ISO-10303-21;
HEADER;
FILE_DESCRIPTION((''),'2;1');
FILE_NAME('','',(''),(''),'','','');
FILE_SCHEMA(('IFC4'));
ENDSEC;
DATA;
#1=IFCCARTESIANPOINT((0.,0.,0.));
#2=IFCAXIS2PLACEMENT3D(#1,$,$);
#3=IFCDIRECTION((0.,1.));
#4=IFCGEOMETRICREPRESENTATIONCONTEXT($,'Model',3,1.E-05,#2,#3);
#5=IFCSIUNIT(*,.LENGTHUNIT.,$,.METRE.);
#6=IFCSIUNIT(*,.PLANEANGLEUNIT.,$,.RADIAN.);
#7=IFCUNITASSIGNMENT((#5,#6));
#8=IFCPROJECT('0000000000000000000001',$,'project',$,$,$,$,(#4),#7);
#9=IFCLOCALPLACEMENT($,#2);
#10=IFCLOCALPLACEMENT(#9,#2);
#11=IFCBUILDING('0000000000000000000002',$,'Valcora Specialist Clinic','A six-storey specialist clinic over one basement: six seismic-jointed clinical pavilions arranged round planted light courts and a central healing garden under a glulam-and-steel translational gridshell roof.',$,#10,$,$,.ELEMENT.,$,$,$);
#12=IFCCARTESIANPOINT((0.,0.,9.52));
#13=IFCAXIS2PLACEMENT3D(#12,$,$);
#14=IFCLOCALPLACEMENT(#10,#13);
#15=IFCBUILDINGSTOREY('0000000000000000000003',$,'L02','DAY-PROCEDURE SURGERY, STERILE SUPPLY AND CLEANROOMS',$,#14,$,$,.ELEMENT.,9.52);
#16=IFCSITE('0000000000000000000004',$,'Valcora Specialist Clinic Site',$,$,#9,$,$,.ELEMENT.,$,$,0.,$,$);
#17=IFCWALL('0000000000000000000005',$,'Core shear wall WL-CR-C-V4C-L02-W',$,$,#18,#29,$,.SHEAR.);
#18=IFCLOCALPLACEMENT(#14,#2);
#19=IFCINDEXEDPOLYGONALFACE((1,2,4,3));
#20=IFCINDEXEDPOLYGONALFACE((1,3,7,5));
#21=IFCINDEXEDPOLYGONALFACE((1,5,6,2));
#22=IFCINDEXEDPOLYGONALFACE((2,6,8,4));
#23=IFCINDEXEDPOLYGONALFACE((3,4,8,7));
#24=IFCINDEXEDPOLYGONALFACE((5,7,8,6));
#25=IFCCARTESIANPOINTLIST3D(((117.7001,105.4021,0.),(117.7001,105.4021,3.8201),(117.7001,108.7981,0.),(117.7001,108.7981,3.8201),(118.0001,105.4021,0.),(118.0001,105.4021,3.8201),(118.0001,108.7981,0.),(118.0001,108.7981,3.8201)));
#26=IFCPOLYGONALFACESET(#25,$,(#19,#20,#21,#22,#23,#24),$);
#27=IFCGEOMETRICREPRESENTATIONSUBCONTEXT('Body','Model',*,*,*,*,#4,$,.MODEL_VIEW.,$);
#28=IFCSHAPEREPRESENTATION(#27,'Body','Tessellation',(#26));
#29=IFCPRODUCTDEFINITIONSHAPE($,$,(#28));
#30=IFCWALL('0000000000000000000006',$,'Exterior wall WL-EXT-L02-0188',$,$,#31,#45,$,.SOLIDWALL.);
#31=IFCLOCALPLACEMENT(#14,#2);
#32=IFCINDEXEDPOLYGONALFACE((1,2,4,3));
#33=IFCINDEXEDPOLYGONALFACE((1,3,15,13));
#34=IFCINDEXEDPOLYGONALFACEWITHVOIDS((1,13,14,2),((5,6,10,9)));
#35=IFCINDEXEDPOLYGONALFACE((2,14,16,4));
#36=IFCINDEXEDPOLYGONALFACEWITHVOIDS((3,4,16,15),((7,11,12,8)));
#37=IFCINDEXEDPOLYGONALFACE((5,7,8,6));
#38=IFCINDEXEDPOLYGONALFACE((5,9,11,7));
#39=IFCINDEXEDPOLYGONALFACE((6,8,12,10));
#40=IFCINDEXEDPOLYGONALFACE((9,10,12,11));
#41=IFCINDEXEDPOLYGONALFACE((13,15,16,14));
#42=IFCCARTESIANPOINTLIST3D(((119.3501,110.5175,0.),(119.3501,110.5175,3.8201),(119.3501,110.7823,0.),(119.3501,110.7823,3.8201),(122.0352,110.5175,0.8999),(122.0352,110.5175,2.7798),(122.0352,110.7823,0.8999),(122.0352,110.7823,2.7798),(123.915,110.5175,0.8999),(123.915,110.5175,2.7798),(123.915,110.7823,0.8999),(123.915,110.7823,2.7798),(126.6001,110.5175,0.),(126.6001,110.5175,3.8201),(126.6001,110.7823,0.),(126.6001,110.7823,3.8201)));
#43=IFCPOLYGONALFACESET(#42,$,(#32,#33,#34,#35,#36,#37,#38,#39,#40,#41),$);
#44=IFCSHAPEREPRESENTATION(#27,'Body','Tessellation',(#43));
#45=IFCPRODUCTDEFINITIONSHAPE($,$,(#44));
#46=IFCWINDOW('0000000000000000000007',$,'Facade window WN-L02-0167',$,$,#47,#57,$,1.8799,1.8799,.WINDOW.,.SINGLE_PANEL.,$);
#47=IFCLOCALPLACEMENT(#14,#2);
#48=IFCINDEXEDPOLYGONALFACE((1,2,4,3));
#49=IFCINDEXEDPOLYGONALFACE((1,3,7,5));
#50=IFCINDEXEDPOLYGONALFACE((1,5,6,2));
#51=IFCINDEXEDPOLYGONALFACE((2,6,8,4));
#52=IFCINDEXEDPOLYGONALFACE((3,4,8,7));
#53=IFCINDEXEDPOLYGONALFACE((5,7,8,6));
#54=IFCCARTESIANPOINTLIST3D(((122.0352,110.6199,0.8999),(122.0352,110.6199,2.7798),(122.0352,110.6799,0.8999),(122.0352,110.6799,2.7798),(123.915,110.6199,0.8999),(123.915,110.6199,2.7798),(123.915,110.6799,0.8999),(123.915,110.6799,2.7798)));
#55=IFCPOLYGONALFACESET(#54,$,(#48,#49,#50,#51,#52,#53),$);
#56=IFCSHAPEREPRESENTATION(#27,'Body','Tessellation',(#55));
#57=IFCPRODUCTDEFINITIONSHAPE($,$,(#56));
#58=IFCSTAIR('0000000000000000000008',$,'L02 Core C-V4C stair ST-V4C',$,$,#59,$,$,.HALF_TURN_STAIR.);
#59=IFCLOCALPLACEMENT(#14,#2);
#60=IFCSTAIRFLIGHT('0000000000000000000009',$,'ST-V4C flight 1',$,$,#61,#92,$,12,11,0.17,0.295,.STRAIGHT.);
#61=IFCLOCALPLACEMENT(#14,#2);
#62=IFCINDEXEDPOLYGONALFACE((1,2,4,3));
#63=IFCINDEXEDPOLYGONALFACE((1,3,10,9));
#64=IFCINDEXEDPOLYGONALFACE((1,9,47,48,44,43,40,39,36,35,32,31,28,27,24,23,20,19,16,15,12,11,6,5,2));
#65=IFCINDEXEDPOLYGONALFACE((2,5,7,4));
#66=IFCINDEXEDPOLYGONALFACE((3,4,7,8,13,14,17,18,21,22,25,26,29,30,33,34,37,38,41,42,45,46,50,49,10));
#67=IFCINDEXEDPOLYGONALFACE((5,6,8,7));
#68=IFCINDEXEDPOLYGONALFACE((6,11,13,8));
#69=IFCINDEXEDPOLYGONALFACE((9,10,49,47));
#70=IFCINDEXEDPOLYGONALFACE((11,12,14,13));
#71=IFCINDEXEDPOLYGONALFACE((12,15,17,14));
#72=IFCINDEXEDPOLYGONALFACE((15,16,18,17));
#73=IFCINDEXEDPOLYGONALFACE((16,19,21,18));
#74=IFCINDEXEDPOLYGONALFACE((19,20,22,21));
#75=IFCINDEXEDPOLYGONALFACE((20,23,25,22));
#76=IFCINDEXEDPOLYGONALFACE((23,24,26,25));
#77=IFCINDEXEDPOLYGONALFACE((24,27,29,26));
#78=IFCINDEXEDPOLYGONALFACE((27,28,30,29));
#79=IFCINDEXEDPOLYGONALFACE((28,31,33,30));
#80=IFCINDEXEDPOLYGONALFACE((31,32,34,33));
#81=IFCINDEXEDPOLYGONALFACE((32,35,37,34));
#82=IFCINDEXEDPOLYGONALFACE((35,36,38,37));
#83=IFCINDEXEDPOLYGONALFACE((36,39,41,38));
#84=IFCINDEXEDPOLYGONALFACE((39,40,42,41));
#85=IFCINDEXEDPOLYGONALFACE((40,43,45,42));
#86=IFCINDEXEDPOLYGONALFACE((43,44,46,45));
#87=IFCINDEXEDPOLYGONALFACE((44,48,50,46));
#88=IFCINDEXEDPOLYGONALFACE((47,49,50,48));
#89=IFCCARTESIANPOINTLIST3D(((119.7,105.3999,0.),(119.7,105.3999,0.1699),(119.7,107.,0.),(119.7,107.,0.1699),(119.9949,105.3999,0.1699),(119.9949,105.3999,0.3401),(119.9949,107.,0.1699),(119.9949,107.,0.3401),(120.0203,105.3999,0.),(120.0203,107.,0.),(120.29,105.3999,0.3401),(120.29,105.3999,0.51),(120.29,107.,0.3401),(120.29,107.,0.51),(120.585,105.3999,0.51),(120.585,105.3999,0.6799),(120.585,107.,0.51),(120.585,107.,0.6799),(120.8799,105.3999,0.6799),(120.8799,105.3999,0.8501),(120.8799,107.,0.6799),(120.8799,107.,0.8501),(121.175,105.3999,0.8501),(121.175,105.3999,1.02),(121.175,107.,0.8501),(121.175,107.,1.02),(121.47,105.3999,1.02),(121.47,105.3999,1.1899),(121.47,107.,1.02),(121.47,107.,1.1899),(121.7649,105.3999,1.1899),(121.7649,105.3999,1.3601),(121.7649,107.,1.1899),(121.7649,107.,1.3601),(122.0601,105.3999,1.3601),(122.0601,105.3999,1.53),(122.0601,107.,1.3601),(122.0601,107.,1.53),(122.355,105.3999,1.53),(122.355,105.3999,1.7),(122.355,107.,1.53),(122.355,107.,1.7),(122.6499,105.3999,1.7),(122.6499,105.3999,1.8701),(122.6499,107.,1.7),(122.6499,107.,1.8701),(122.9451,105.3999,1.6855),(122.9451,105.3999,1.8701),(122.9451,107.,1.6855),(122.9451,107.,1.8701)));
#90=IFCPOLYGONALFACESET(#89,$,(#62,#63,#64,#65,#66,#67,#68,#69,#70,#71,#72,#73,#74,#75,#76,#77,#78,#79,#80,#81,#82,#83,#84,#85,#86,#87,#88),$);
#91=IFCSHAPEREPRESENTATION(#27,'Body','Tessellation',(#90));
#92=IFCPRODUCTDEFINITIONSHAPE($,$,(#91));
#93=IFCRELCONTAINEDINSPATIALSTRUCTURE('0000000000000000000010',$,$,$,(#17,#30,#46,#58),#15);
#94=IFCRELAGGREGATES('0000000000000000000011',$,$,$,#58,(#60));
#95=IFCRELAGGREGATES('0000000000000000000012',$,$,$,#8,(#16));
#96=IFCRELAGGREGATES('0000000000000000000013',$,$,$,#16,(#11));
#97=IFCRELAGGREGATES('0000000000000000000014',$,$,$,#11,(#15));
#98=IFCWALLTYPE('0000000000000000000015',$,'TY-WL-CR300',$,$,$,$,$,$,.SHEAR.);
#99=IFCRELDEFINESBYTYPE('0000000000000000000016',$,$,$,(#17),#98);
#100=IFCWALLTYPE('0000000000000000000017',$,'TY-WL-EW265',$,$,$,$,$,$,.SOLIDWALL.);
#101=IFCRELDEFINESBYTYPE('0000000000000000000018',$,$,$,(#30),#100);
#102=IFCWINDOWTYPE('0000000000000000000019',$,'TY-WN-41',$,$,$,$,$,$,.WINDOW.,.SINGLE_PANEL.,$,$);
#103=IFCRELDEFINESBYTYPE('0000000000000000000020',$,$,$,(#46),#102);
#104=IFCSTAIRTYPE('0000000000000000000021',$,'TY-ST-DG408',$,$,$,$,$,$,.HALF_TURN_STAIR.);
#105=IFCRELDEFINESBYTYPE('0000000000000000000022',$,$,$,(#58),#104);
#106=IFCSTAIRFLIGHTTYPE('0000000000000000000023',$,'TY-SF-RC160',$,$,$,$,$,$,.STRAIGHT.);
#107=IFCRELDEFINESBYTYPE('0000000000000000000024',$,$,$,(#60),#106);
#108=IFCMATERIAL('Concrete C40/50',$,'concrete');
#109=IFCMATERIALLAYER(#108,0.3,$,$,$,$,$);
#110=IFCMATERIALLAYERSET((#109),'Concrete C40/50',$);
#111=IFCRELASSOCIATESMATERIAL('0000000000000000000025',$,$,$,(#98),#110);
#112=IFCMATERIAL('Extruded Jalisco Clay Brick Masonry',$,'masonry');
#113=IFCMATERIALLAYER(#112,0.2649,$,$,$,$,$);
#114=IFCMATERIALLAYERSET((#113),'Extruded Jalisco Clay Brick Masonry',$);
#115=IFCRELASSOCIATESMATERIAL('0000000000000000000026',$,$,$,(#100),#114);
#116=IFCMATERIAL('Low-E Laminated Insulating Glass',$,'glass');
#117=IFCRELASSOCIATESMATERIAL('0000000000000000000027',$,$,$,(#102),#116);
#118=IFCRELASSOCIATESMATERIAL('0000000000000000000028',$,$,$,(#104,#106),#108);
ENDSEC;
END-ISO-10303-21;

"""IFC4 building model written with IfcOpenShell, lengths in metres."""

from ifc_helpers import new_model, si_unit, direction, frame, frame_2d, origin, place, context, subcontext, project, spatial, polyline, rectangle, outline, extrude, material, layer, layer_set, type_object, element, fill, aggregate, save


model = new_model("IFC4")

# Units and contexts
model_context = context("Model", 3, precision=1e-05, world=origin(), true_north=direction((0.0, 1.0)))
body_context = subcontext(model_context, "Body", "Model", "MODEL_VIEW")
ifc_project = project(units=[si_unit("LENGTHUNIT", "METRE"), si_unit("PLANEANGLEUNIT", "RADIAN")], contexts=[model_context])

# Site, building, storey
site_placement = place(None, origin())
site = spatial("IfcSite", under=ifc_project, at=site_placement, Name="Valcora Specialist Clinic Site", CompositionType="ELEMENT", RefElevation=0.0)
building_placement = place(site_placement, origin())
building = spatial("IfcBuilding", under=site, at=building_placement, Name="Valcora Specialist Clinic", Description="A six-storey specialist clinic over one basement: six seismic-jointed clinical pavilions arranged round planted light courts and a central healing garden under a glulam-and-steel translational gridshell roof.", CompositionType="ELEMENT")
storey_placement = place(building_placement, frame((0.0, 0.0, 9.52)))
storey = spatial("IfcBuildingStorey", under=building, at=storey_placement, Name="L02", Description="DAY-PROCEDURE SURGERY, STERILE SUPPLY AND CLEANROOMS", CompositionType="ELEMENT", Elevation=9.52)

# Shared definitions
ifc_material_1 = material(Name="Low-E Laminated Insulating Glass", Category="glass")

# Wall
ifc_material_2 = material(Name="Concrete C40/50", Category="concrete")
ifc_layer_1 = layer(ifc_material_2, 0.3)
ifc_layer_set_1 = layer_set([ifc_layer_1], Name="Concrete C40/50")
wall_type_1 = type_object("IfcWallType", Name="TY-WL-CR300", PredefinedType="SHEAR", material=ifc_layer_set_1)
wall_1_placement = place(storey_placement, frame((117.8501, 105.4021, 0.0), z_axis=(0.0, 0.0, 1.0), x_axis=(0.0, 1.0, 0.0)))
element("IfcWall", 1, at=wall_1_placement, inside=storey, type_object=wall_type_1, Name="Core shear wall WL-CR-C-V4C-L02-W", PredefinedType="SHEAR", context=body_context, shape_type="SweptSolid", body=[
    extrude(rectangle(XDim=3.396, YDim=0.3, at=frame_2d((1.698, 0.0))), origin(), (0.0, 0.0, 1.0), 3.8201),
])

# Wall, opening, window
ifc_material_3 = material(Name="Extruded Jalisco Clay Brick Masonry", Category="masonry")
ifc_layer_2 = layer(ifc_material_3, 0.2649)
ifc_layer_set_2 = layer_set([ifc_layer_2], Name="Extruded Jalisco Clay Brick Masonry")
wall_type_2 = type_object("IfcWallType", Name="TY-WL-EW265", PredefinedType="SOLIDWALL", material=ifc_layer_set_2)
wall_2_placement = place(storey_placement, frame((119.3501, 110.6499, 0.0), z_axis=(0.0, 0.0, 1.0), x_axis=(1.0, 0.0, 0.0)))
wall_2 = element("IfcWall", 2, at=wall_2_placement, inside=storey, type_object=wall_type_2, Name="Exterior wall WL-EXT-L02-0188", PredefinedType="SOLIDWALL", context=body_context, shape_type="SweptSolid", body=[
    extrude(rectangle(XDim=7.25, YDim=0.2649, at=frame_2d((3.625, 0.0))), origin(), (0.0, 0.0, 1.0), 3.8201),
])
opening_placement = place(wall_2_placement, frame((2.6851, 0.0, 0.8999)))
opening = element("IfcOpeningElement", 3, at=opening_placement, cuts=wall_2, PredefinedType="OPENING", context=body_context, shape_type="SweptSolid", body=[
    extrude(rectangle(XDim=1.8799, YDim=1.8799, at=frame_2d((0.9399, 0.9399))), frame((0.0, 0.1423, 0.0), z_axis=(0.0, -1.0, 0.0), x_axis=(1.0, 0.0, 0.0)), (0.0, 0.0, 1.0), 0.2849),
])
window_type = type_object("IfcWindowType", Name="TY-WN-41", PartitioningType="SINGLE_PANEL", PredefinedType="WINDOW", material=ifc_material_1)
window_placement = place(opening_placement, origin())
window = element("IfcWindow", 4, at=window_placement, inside=storey, type_object=window_type, Name="Facade window WN-L02-0167", OverallHeight=1.8799, OverallWidth=1.8799, PartitioningType="SINGLE_PANEL", PredefinedType="WINDOW", context=body_context, shape_type="SweptSolid", body=[
    extrude(rectangle(XDim=1.8799, YDim=1.8799, at=frame_2d((0.9399, 0.9399))), frame((0.0, 0.03, 0.0), z_axis=(0.0, -1.0, 0.0), x_axis=(1.0, 0.0, 0.0)), (0.0, 0.0, 1.0), 0.0601),
])
fill(opening, window)

# Stair, stair flight
stair_type = type_object("IfcStairType", Name="TY-ST-DG408", PredefinedType="HALF_TURN_STAIR", material=ifc_material_2)
stair_placement = place(storey_placement, origin())
stair = element("IfcStair", 5, at=stair_placement, inside=storey, type_object=stair_type, Name="L02 Core C-V4C stair ST-V4C", PredefinedType="HALF_TURN_STAIR")
stair_flight_type = type_object("IfcStairFlightType", Name="TY-SF-RC160", PredefinedType="STRAIGHT", material=ifc_material_2)
stair_flight_placement = place(storey_placement, frame((119.7, 106.2, 0.0), z_axis=(0.0, 0.0, 1.0), x_axis=(1.0, 0.0, 0.0)))
stair_flight = element("IfcStairFlight", 6, at=stair_flight_placement, type_object=stair_flight_type, Name="ST-V4C flight 1", NumberOfRisers=12, NumberOfTreads=11, PredefinedType="STRAIGHT", RiserHeight=0.17, TreadLength=0.295, context=body_context, shape_type="SweptSolid", body=[
    extrude(outline(polyline([(0.0, 0.0), (0.0, 0.1699), (0.2949, 0.1699), (0.2949, 0.3401), (0.5901, 0.3401), (0.5901, 0.51), (0.885, 0.51), (0.885, 0.6799), (1.1799, 0.6799), (1.1799, 0.8501), (1.4751, 0.8501), (1.4751, 1.02), (1.77, 1.02), (1.77, 1.1899), (2.0649, 1.1899), (2.0649, 1.3601), (2.3601, 1.3601), (2.3601, 1.53), (2.655, 1.53), (2.655, 1.7), (2.95, 1.7), (2.95, 1.8701), (3.2451, 1.8701), (3.2451, 2.04), (3.2451, 1.6855), (0.3203, 0.0), (0.0, 0.0)])), frame((0.0, 0.8, 0.0), z_axis=(0.0, -1.0, 0.0), x_axis=(1.0, 0.0, 0.0)), (0.0, 0.0, 1.0), 1.6001),
])
aggregate(stair, [stair_flight])

save(model, "model.ifc")
